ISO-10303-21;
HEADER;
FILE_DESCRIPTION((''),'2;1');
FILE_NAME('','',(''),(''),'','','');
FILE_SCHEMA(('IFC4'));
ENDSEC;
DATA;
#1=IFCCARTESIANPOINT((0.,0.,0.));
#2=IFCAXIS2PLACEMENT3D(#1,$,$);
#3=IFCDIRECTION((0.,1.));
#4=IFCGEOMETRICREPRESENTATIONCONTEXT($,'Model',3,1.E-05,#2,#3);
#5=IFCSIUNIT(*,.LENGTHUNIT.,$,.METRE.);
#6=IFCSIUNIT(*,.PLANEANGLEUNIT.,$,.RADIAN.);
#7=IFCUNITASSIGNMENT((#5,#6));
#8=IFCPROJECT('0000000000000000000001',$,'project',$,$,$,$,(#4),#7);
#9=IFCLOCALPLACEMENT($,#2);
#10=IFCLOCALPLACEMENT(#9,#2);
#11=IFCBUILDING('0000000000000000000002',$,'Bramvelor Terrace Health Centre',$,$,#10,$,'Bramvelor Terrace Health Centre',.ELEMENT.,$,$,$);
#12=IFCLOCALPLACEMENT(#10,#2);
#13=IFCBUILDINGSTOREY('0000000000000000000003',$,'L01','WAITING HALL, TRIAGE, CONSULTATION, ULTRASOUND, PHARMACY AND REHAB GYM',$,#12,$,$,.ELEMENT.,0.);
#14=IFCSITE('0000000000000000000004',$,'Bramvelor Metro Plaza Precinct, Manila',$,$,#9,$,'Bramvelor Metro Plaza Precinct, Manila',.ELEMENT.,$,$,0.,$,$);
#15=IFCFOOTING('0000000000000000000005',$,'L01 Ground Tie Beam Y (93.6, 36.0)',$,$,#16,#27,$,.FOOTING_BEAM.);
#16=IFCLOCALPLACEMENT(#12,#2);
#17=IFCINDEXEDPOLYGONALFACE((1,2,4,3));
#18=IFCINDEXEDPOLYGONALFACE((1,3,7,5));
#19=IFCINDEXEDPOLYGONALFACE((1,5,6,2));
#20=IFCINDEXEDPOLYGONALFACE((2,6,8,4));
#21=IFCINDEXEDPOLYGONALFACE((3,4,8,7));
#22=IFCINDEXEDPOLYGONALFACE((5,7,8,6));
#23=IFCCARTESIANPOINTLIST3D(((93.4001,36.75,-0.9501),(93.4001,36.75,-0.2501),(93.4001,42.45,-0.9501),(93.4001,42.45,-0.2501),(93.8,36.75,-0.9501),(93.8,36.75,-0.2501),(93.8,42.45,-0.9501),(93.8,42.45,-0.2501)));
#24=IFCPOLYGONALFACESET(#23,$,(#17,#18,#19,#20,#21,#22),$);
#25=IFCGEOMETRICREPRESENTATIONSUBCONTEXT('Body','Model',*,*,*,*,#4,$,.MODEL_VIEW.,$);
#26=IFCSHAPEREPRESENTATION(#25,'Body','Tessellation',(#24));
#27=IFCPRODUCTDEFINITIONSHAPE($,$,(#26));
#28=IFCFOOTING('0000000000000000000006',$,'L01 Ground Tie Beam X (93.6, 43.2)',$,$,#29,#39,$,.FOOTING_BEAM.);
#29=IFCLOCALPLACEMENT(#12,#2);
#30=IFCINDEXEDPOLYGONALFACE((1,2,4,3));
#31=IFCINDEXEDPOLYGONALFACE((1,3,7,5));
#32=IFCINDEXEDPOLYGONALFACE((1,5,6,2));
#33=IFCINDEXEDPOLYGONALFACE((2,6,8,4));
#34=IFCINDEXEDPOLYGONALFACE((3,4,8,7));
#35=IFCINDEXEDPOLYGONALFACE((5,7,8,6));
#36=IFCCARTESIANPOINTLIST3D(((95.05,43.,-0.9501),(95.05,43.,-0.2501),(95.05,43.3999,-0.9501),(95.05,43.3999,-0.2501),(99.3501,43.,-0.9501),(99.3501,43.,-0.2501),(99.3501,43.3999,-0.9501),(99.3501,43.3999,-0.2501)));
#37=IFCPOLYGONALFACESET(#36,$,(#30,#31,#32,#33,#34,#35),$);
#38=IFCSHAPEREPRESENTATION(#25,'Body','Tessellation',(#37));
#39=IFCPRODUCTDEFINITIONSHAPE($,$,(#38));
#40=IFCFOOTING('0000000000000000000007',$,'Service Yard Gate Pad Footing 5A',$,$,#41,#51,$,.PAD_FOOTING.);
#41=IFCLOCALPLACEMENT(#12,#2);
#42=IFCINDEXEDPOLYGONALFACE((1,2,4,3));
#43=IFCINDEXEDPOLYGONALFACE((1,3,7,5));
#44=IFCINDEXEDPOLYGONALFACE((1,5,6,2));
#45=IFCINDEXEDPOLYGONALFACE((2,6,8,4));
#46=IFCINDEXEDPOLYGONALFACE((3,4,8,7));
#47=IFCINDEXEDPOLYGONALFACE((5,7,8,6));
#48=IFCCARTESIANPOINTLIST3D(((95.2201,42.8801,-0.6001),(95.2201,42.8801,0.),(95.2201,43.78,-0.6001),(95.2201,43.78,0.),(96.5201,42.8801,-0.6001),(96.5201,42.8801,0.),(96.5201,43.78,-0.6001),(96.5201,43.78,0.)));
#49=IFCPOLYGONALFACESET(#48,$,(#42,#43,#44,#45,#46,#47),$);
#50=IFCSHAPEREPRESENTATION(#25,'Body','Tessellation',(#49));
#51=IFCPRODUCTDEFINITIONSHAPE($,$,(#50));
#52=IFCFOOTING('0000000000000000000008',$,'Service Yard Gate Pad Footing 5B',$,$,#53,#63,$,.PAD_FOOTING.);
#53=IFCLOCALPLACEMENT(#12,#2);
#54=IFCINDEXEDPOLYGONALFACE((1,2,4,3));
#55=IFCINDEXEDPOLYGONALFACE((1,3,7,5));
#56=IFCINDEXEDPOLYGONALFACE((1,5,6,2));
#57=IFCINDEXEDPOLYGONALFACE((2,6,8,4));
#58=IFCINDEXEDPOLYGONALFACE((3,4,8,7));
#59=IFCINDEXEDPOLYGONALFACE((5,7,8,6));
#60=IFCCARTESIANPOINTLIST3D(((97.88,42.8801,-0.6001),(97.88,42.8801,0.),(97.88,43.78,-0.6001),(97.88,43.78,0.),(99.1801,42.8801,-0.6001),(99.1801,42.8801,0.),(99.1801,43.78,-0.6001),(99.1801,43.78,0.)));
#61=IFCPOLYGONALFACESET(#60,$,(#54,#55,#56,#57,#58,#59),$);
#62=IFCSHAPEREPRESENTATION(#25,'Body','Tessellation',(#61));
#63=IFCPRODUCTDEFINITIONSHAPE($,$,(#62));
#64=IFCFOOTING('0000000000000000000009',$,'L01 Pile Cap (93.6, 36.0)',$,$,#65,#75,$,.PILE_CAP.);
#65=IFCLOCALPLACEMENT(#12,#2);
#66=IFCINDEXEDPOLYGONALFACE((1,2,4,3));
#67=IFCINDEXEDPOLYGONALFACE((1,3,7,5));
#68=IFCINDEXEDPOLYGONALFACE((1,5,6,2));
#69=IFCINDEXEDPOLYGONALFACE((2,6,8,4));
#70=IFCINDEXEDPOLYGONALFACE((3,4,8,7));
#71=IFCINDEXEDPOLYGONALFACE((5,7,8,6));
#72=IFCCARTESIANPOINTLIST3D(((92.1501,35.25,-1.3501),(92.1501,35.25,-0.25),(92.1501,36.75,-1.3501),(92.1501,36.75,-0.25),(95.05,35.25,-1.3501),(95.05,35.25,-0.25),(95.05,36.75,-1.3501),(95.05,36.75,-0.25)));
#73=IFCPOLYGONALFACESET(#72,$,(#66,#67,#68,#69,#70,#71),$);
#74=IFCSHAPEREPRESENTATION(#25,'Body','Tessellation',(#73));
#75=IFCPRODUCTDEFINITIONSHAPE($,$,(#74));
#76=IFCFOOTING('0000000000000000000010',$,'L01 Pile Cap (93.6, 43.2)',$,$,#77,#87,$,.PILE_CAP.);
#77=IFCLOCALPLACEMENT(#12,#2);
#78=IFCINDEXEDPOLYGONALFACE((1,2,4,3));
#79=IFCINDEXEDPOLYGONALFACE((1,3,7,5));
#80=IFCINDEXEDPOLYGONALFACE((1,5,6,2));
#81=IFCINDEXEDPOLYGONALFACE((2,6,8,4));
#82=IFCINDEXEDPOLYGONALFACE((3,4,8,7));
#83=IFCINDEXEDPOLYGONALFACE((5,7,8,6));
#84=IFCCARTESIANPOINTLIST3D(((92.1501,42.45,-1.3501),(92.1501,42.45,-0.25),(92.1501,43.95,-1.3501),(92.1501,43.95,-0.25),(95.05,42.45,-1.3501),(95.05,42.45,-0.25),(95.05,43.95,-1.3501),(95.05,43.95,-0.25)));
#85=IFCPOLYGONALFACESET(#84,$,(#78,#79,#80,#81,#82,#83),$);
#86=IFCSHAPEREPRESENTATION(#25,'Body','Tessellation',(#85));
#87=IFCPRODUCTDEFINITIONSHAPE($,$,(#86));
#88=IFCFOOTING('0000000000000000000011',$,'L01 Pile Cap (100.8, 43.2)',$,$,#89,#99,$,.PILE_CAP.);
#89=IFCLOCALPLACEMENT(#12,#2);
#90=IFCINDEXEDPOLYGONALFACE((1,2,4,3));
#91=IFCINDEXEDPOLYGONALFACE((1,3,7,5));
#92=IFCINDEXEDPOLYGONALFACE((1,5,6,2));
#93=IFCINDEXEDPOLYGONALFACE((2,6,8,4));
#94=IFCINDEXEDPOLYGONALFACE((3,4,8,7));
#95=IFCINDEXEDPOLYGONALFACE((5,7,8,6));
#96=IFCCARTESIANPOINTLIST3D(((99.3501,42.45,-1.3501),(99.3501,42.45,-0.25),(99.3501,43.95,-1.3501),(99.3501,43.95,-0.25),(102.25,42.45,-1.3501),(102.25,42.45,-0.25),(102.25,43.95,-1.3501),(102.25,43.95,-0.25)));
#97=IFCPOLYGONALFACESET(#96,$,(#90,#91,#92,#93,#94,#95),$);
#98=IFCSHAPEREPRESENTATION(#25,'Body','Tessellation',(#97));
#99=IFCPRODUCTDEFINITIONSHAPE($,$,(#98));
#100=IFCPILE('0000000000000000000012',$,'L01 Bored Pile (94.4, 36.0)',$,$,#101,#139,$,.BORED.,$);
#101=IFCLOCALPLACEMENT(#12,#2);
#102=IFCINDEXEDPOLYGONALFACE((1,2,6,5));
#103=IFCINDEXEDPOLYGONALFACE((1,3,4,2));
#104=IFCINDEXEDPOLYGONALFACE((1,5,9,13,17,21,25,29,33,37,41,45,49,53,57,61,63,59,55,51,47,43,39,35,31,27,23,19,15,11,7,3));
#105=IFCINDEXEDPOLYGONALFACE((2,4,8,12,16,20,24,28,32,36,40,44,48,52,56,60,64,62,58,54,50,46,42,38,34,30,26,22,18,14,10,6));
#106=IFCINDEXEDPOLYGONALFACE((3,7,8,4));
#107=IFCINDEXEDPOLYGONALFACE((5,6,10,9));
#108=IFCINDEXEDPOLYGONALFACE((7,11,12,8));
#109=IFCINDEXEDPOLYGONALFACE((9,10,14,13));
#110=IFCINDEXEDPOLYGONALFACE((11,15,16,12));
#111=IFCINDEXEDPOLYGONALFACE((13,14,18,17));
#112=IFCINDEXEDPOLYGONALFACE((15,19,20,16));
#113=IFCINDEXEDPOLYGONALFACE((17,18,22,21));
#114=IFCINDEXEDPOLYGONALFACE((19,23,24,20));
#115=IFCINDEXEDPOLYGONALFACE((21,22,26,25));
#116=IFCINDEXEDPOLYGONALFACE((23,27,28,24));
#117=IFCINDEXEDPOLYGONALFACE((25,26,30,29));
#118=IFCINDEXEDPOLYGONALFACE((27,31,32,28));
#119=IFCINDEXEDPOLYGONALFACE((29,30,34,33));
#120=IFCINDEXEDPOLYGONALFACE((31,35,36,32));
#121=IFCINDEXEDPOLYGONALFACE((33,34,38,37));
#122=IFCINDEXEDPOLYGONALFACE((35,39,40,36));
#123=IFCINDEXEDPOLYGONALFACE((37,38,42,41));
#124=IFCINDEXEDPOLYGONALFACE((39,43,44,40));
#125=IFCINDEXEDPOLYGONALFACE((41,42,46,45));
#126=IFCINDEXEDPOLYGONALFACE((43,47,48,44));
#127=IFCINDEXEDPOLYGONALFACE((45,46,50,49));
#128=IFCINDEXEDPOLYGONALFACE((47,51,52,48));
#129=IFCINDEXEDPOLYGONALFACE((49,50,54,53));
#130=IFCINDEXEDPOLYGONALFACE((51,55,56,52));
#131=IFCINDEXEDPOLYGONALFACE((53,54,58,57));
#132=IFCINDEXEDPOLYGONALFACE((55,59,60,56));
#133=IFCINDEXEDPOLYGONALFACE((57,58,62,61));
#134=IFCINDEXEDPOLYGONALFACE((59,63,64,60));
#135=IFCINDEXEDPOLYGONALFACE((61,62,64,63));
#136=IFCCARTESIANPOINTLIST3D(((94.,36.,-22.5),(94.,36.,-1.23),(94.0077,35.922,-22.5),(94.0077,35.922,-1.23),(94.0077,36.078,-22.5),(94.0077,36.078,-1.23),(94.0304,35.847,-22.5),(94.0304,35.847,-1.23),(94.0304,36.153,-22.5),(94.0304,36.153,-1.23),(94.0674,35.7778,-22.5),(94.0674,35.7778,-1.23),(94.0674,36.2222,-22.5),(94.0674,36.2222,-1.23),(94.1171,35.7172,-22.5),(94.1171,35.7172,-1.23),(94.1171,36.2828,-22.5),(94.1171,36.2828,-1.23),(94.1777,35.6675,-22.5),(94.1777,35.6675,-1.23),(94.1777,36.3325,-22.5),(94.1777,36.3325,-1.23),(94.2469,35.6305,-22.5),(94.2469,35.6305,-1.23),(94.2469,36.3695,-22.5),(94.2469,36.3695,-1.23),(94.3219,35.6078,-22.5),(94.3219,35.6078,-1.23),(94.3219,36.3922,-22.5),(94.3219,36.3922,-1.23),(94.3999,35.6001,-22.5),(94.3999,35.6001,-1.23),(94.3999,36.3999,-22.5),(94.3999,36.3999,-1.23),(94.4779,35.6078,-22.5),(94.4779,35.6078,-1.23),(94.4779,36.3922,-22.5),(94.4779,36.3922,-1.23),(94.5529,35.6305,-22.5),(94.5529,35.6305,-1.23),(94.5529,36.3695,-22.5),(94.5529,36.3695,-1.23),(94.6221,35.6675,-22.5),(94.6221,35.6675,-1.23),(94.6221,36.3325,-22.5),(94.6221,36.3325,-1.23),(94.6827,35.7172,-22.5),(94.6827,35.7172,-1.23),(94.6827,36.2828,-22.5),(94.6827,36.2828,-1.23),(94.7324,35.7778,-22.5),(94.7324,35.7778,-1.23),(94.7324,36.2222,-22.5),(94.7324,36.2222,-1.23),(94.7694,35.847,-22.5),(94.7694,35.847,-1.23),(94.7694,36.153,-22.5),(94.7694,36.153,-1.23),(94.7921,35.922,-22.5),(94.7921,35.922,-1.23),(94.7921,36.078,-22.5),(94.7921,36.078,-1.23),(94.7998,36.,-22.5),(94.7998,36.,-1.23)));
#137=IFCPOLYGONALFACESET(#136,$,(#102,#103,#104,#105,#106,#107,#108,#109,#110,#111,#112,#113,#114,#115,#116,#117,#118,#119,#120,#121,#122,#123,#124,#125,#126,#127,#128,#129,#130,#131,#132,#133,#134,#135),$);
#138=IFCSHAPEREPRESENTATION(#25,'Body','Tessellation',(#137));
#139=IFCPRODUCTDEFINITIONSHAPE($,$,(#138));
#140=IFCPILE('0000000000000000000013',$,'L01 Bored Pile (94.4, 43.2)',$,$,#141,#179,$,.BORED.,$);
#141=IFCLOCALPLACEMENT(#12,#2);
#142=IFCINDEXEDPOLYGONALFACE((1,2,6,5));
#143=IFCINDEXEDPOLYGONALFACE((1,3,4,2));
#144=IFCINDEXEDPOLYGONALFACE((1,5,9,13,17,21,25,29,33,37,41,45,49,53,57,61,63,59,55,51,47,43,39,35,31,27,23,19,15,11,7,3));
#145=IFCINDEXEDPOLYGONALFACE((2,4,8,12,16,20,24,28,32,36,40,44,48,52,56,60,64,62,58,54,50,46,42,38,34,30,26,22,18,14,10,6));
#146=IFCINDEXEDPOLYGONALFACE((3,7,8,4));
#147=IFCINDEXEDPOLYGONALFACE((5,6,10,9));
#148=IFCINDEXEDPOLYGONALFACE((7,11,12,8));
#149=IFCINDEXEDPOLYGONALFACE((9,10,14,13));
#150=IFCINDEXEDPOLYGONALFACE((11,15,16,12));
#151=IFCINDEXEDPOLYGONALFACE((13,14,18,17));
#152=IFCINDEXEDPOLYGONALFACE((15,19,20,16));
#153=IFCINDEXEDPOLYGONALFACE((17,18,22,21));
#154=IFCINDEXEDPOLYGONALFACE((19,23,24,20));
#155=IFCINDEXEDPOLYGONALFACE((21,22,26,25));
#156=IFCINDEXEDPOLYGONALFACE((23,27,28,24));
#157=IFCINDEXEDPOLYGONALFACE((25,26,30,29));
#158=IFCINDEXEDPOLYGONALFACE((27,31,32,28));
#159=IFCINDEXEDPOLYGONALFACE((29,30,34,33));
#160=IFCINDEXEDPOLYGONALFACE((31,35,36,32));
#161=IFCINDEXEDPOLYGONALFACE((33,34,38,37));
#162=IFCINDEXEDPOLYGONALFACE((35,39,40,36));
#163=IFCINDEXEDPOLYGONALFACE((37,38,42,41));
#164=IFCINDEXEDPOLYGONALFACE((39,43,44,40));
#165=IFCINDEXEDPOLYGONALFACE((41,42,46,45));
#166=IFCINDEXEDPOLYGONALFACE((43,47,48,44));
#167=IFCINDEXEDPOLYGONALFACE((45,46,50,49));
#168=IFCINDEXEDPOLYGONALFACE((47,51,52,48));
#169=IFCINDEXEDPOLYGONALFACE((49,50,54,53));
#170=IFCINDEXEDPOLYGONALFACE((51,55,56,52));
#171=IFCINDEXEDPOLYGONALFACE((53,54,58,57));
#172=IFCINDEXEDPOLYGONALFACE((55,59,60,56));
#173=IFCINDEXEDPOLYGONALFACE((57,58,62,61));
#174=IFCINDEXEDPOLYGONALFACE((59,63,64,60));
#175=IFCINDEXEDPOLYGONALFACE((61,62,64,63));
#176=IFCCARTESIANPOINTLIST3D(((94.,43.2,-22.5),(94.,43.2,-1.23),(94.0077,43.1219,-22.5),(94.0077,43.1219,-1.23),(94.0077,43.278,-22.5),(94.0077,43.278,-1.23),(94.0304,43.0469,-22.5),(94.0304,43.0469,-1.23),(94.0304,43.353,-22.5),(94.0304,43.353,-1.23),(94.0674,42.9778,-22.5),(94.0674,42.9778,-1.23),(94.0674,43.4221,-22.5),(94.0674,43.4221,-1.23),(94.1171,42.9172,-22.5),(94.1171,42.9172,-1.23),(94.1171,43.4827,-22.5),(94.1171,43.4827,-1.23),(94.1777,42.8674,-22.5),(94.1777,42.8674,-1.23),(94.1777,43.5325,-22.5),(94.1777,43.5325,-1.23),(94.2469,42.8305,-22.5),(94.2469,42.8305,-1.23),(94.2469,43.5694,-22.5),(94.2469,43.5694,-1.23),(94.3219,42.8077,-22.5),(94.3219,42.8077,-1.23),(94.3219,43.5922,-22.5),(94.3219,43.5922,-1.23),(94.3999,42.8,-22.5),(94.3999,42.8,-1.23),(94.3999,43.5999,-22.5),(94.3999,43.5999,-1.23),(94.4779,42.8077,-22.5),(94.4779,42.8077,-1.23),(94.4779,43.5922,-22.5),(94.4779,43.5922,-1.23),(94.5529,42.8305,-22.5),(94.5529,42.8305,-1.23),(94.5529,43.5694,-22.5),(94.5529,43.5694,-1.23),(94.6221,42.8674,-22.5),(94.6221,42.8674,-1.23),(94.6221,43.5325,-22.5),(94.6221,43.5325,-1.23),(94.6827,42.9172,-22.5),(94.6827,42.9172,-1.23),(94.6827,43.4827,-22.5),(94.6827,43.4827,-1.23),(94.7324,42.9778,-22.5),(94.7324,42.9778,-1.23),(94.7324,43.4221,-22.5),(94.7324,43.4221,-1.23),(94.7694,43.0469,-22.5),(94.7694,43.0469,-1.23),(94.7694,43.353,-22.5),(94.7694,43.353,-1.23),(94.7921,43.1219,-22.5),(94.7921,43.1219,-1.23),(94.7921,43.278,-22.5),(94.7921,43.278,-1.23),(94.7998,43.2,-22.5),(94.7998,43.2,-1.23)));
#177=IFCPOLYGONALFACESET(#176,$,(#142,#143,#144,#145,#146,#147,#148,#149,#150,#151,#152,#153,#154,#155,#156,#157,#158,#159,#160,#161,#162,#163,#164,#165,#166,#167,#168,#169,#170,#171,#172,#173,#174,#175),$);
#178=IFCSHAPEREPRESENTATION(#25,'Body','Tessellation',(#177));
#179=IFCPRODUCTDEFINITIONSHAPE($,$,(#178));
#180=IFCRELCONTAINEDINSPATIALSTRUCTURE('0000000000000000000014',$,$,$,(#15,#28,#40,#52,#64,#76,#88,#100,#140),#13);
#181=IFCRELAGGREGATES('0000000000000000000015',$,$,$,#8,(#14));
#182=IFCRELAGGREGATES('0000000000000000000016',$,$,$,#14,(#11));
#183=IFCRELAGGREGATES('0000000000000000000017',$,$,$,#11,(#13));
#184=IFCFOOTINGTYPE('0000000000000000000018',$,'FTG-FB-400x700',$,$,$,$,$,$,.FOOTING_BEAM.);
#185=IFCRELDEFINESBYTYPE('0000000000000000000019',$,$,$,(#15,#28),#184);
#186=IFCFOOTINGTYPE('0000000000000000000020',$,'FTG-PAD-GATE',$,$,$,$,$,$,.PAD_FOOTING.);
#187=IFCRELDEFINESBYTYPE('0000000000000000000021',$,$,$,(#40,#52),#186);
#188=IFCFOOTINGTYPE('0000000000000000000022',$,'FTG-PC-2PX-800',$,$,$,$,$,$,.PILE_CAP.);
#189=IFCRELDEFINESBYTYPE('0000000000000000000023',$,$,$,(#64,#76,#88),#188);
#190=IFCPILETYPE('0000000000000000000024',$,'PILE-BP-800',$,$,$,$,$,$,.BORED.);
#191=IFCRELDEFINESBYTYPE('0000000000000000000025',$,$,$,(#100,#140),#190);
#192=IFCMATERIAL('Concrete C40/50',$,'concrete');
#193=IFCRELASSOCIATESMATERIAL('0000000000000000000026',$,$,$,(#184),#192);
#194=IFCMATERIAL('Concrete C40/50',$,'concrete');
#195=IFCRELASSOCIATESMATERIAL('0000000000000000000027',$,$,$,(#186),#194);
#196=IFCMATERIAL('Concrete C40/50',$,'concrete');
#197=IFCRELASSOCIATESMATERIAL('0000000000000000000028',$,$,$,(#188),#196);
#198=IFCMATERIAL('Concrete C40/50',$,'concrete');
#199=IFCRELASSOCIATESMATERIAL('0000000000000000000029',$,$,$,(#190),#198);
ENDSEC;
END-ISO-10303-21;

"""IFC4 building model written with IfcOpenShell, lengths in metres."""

from ifc_helpers import new_model, si_unit, direction, frame, origin, origin_2d, place, context, subcontext, project, spatial, rectangle, circle, extrude, material, material_profile, profile_set, type_object, element, save


model = new_model("IFC4")

# Units and contexts
model_context = context("Model", 3, precision=1e-05, world=origin(), true_north=direction((0.0, 1.0)))
body_context = subcontext(model_context, "Body", "Model", "MODEL_VIEW")
ifc_project = project(units=[si_unit("LENGTHUNIT", "METRE"), si_unit("PLANEANGLEUNIT", "RADIAN")], contexts=[model_context])

# Site, building, storey
site_placement = place(None, origin())
site = spatial("IfcSite", under=ifc_project, at=site_placement, Name="Bramvelor Metro Plaza Precinct, Manila", LongName="Bramvelor Metro Plaza Precinct, Manila", CompositionType="ELEMENT", RefElevation=0.0)
building_placement = place(site_placement, origin())
building = spatial("IfcBuilding", under=site, at=building_placement, Name="Bramvelor Terrace Health Centre", LongName="Bramvelor Terrace Health Centre", CompositionType="ELEMENT")
storey_placement = place(building_placement, origin())
storey = spatial("IfcBuildingStorey", under=building, at=storey_placement, Name="L01", Description="WAITING HALL, TRIAGE, CONSULTATION, ULTRASOUND, PHARMACY AND REHAB GYM", CompositionType="ELEMENT", Elevation=0.0)

# Footings
ifc_material_1 = material(Name="Concrete C40/50", Category="concrete")
ifc_material_profile_1 = material_profile(ifc_material_1, rectangle(XDim=0.3999, YDim=0.7, at=origin_2d()), Name="RC 400x700")
ifc_profile_set_1 = profile_set([ifc_material_profile_1], Name="Concrete C40/50")
footing_type_1 = type_object("IfcFootingType", Name="FTG-FB-400x700", PredefinedType="FOOTING_BEAM", material=ifc_profile_set_1)
footing_1_placement = place(storey_placement, frame((93.6001, 36.75, -0.6001), z_axis=(0.0, 1.0, 0.0), x_axis=(-1.0, 0.0, 0.0)))
element("IfcFooting", 1, at=footing_1_placement, inside=storey, type_object=footing_type_1, Name="L01 Ground Tie Beam Y (93.6, 36.0)", PredefinedType="FOOTING_BEAM", context=body_context, shape_type="SweptSolid", body=[
    extrude(rectangle(XDim=0.3999, YDim=0.7, at=origin_2d()), origin(), (0.0, 0.0, 1.0), 5.7),
])
footing_2_placement = place(storey_placement, frame((95.05, 43.2, -0.6001), z_axis=(1.0, 0.0, 0.0), x_axis=(0.0, 1.0, 0.0)))
element("IfcFooting", 2, at=footing_2_placement, inside=storey, type_object=footing_type_1, Name="L01 Ground Tie Beam X (93.6, 43.2)", PredefinedType="FOOTING_BEAM", context=body_context, shape_type="SweptSolid", body=[
    extrude(rectangle(XDim=0.3999, YDim=0.7, at=origin_2d()), origin(), (0.0, 0.0, 1.0), 4.3),
])
ifc_material_2 = material(Name="Concrete C40/50", Category="concrete")
footing_type_2 = type_object("IfcFootingType", Name="FTG-PAD-GATE", PredefinedType="PAD_FOOTING", material=ifc_material_2)
for number, where, z_axis, x_axis, name in (
    (3, (95.8701, 43.3301, -0.6001), (0.0, 0.0, 1.0), (1.0, 0.0, 0.0), "Service Yard Gate Pad Footing 5A"),
    (4, (98.53, 43.3301, -0.6001), (0.0, 0.0, 1.0), (1.0, 0.0, 0.0), "Service Yard Gate Pad Footing 5B"),
):
    element("IfcFooting", number, at=place(storey_placement, frame(where, z_axis=z_axis, x_axis=x_axis)), inside=storey, type_object=footing_type_2, Name=name, PredefinedType="PAD_FOOTING", context=body_context, shape_type="SweptSolid", body=[
        extrude(rectangle(XDim=1.3, YDim=0.8999, at=origin_2d()), origin(), (0.0, 0.0, 1.0), 0.6001),
    ])
ifc_material_3 = material(Name="Concrete C40/50", Category="concrete")
footing_type_3 = type_object("IfcFootingType", Name="FTG-PC-2PX-800", PredefinedType="PILE_CAP", material=ifc_material_3)
for number, where, z_axis, x_axis, name in (
    (5, (93.6001, 36.0, -1.3501), (0.0, 0.0, 1.0), (1.0, 0.0, 0.0), "L01 Pile Cap (93.6, 36.0)"),
    (6, (93.6001, 43.2, -1.3501), (0.0, 0.0, 1.0), (1.0, 0.0, 0.0), "L01 Pile Cap (93.6, 43.2)"),
    (7, (100.8, 43.2, -1.3501), (0.0, 0.0, 1.0), (1.0, 0.0, 0.0), "L01 Pile Cap (100.8, 43.2)"),
):
    element("IfcFooting", number, at=place(storey_placement, frame(where, z_axis=z_axis, x_axis=x_axis)), inside=storey, type_object=footing_type_3, Name=name, PredefinedType="PILE_CAP", context=body_context, shape_type="SweptSolid", body=[
        extrude(rectangle(XDim=2.8999, YDim=1.5, at=origin_2d()), origin(), (0.0, 0.0, 1.0), 1.1001),
    ])

# Piles
ifc_material_4 = material(Name="Concrete C40/50", Category="concrete")
ifc_material_profile_2 = material_profile(ifc_material_4, circle(Radius=0.3999, at=origin_2d()), Name="BP D800")
ifc_profile_set_2 = profile_set([ifc_material_profile_2], Name="Concrete C40/50")
pile_type = type_object("IfcPileType", Name="PILE-BP-800", PredefinedType="BORED", material=ifc_profile_set_2)
for number, where, z_axis, x_axis, name in (
    (8, (94.3999, 36.0, -1.23), (0.0, 0.0, -1.0), (1.0, 0.0, 0.0), "L01 Bored Pile (94.4, 36.0)"),
    (9, (94.3999, 43.2, -1.23), (0.0, 0.0, -1.0), (1.0, 0.0, 0.0), "L01 Bored Pile (94.4, 43.2)"),
):
    element("IfcPile", number, at=place(storey_placement, frame(where, z_axis=z_axis, x_axis=x_axis)), inside=storey, type_object=pile_type, Name=name, PredefinedType="BORED", context=body_context, shape_type="SweptSolid", body=[
        extrude(circle(Radius=0.3999, at=origin_2d()), origin(), (0.0, 0.0, 1.0), 21.27),
    ])

save(model, "model.ifc")
